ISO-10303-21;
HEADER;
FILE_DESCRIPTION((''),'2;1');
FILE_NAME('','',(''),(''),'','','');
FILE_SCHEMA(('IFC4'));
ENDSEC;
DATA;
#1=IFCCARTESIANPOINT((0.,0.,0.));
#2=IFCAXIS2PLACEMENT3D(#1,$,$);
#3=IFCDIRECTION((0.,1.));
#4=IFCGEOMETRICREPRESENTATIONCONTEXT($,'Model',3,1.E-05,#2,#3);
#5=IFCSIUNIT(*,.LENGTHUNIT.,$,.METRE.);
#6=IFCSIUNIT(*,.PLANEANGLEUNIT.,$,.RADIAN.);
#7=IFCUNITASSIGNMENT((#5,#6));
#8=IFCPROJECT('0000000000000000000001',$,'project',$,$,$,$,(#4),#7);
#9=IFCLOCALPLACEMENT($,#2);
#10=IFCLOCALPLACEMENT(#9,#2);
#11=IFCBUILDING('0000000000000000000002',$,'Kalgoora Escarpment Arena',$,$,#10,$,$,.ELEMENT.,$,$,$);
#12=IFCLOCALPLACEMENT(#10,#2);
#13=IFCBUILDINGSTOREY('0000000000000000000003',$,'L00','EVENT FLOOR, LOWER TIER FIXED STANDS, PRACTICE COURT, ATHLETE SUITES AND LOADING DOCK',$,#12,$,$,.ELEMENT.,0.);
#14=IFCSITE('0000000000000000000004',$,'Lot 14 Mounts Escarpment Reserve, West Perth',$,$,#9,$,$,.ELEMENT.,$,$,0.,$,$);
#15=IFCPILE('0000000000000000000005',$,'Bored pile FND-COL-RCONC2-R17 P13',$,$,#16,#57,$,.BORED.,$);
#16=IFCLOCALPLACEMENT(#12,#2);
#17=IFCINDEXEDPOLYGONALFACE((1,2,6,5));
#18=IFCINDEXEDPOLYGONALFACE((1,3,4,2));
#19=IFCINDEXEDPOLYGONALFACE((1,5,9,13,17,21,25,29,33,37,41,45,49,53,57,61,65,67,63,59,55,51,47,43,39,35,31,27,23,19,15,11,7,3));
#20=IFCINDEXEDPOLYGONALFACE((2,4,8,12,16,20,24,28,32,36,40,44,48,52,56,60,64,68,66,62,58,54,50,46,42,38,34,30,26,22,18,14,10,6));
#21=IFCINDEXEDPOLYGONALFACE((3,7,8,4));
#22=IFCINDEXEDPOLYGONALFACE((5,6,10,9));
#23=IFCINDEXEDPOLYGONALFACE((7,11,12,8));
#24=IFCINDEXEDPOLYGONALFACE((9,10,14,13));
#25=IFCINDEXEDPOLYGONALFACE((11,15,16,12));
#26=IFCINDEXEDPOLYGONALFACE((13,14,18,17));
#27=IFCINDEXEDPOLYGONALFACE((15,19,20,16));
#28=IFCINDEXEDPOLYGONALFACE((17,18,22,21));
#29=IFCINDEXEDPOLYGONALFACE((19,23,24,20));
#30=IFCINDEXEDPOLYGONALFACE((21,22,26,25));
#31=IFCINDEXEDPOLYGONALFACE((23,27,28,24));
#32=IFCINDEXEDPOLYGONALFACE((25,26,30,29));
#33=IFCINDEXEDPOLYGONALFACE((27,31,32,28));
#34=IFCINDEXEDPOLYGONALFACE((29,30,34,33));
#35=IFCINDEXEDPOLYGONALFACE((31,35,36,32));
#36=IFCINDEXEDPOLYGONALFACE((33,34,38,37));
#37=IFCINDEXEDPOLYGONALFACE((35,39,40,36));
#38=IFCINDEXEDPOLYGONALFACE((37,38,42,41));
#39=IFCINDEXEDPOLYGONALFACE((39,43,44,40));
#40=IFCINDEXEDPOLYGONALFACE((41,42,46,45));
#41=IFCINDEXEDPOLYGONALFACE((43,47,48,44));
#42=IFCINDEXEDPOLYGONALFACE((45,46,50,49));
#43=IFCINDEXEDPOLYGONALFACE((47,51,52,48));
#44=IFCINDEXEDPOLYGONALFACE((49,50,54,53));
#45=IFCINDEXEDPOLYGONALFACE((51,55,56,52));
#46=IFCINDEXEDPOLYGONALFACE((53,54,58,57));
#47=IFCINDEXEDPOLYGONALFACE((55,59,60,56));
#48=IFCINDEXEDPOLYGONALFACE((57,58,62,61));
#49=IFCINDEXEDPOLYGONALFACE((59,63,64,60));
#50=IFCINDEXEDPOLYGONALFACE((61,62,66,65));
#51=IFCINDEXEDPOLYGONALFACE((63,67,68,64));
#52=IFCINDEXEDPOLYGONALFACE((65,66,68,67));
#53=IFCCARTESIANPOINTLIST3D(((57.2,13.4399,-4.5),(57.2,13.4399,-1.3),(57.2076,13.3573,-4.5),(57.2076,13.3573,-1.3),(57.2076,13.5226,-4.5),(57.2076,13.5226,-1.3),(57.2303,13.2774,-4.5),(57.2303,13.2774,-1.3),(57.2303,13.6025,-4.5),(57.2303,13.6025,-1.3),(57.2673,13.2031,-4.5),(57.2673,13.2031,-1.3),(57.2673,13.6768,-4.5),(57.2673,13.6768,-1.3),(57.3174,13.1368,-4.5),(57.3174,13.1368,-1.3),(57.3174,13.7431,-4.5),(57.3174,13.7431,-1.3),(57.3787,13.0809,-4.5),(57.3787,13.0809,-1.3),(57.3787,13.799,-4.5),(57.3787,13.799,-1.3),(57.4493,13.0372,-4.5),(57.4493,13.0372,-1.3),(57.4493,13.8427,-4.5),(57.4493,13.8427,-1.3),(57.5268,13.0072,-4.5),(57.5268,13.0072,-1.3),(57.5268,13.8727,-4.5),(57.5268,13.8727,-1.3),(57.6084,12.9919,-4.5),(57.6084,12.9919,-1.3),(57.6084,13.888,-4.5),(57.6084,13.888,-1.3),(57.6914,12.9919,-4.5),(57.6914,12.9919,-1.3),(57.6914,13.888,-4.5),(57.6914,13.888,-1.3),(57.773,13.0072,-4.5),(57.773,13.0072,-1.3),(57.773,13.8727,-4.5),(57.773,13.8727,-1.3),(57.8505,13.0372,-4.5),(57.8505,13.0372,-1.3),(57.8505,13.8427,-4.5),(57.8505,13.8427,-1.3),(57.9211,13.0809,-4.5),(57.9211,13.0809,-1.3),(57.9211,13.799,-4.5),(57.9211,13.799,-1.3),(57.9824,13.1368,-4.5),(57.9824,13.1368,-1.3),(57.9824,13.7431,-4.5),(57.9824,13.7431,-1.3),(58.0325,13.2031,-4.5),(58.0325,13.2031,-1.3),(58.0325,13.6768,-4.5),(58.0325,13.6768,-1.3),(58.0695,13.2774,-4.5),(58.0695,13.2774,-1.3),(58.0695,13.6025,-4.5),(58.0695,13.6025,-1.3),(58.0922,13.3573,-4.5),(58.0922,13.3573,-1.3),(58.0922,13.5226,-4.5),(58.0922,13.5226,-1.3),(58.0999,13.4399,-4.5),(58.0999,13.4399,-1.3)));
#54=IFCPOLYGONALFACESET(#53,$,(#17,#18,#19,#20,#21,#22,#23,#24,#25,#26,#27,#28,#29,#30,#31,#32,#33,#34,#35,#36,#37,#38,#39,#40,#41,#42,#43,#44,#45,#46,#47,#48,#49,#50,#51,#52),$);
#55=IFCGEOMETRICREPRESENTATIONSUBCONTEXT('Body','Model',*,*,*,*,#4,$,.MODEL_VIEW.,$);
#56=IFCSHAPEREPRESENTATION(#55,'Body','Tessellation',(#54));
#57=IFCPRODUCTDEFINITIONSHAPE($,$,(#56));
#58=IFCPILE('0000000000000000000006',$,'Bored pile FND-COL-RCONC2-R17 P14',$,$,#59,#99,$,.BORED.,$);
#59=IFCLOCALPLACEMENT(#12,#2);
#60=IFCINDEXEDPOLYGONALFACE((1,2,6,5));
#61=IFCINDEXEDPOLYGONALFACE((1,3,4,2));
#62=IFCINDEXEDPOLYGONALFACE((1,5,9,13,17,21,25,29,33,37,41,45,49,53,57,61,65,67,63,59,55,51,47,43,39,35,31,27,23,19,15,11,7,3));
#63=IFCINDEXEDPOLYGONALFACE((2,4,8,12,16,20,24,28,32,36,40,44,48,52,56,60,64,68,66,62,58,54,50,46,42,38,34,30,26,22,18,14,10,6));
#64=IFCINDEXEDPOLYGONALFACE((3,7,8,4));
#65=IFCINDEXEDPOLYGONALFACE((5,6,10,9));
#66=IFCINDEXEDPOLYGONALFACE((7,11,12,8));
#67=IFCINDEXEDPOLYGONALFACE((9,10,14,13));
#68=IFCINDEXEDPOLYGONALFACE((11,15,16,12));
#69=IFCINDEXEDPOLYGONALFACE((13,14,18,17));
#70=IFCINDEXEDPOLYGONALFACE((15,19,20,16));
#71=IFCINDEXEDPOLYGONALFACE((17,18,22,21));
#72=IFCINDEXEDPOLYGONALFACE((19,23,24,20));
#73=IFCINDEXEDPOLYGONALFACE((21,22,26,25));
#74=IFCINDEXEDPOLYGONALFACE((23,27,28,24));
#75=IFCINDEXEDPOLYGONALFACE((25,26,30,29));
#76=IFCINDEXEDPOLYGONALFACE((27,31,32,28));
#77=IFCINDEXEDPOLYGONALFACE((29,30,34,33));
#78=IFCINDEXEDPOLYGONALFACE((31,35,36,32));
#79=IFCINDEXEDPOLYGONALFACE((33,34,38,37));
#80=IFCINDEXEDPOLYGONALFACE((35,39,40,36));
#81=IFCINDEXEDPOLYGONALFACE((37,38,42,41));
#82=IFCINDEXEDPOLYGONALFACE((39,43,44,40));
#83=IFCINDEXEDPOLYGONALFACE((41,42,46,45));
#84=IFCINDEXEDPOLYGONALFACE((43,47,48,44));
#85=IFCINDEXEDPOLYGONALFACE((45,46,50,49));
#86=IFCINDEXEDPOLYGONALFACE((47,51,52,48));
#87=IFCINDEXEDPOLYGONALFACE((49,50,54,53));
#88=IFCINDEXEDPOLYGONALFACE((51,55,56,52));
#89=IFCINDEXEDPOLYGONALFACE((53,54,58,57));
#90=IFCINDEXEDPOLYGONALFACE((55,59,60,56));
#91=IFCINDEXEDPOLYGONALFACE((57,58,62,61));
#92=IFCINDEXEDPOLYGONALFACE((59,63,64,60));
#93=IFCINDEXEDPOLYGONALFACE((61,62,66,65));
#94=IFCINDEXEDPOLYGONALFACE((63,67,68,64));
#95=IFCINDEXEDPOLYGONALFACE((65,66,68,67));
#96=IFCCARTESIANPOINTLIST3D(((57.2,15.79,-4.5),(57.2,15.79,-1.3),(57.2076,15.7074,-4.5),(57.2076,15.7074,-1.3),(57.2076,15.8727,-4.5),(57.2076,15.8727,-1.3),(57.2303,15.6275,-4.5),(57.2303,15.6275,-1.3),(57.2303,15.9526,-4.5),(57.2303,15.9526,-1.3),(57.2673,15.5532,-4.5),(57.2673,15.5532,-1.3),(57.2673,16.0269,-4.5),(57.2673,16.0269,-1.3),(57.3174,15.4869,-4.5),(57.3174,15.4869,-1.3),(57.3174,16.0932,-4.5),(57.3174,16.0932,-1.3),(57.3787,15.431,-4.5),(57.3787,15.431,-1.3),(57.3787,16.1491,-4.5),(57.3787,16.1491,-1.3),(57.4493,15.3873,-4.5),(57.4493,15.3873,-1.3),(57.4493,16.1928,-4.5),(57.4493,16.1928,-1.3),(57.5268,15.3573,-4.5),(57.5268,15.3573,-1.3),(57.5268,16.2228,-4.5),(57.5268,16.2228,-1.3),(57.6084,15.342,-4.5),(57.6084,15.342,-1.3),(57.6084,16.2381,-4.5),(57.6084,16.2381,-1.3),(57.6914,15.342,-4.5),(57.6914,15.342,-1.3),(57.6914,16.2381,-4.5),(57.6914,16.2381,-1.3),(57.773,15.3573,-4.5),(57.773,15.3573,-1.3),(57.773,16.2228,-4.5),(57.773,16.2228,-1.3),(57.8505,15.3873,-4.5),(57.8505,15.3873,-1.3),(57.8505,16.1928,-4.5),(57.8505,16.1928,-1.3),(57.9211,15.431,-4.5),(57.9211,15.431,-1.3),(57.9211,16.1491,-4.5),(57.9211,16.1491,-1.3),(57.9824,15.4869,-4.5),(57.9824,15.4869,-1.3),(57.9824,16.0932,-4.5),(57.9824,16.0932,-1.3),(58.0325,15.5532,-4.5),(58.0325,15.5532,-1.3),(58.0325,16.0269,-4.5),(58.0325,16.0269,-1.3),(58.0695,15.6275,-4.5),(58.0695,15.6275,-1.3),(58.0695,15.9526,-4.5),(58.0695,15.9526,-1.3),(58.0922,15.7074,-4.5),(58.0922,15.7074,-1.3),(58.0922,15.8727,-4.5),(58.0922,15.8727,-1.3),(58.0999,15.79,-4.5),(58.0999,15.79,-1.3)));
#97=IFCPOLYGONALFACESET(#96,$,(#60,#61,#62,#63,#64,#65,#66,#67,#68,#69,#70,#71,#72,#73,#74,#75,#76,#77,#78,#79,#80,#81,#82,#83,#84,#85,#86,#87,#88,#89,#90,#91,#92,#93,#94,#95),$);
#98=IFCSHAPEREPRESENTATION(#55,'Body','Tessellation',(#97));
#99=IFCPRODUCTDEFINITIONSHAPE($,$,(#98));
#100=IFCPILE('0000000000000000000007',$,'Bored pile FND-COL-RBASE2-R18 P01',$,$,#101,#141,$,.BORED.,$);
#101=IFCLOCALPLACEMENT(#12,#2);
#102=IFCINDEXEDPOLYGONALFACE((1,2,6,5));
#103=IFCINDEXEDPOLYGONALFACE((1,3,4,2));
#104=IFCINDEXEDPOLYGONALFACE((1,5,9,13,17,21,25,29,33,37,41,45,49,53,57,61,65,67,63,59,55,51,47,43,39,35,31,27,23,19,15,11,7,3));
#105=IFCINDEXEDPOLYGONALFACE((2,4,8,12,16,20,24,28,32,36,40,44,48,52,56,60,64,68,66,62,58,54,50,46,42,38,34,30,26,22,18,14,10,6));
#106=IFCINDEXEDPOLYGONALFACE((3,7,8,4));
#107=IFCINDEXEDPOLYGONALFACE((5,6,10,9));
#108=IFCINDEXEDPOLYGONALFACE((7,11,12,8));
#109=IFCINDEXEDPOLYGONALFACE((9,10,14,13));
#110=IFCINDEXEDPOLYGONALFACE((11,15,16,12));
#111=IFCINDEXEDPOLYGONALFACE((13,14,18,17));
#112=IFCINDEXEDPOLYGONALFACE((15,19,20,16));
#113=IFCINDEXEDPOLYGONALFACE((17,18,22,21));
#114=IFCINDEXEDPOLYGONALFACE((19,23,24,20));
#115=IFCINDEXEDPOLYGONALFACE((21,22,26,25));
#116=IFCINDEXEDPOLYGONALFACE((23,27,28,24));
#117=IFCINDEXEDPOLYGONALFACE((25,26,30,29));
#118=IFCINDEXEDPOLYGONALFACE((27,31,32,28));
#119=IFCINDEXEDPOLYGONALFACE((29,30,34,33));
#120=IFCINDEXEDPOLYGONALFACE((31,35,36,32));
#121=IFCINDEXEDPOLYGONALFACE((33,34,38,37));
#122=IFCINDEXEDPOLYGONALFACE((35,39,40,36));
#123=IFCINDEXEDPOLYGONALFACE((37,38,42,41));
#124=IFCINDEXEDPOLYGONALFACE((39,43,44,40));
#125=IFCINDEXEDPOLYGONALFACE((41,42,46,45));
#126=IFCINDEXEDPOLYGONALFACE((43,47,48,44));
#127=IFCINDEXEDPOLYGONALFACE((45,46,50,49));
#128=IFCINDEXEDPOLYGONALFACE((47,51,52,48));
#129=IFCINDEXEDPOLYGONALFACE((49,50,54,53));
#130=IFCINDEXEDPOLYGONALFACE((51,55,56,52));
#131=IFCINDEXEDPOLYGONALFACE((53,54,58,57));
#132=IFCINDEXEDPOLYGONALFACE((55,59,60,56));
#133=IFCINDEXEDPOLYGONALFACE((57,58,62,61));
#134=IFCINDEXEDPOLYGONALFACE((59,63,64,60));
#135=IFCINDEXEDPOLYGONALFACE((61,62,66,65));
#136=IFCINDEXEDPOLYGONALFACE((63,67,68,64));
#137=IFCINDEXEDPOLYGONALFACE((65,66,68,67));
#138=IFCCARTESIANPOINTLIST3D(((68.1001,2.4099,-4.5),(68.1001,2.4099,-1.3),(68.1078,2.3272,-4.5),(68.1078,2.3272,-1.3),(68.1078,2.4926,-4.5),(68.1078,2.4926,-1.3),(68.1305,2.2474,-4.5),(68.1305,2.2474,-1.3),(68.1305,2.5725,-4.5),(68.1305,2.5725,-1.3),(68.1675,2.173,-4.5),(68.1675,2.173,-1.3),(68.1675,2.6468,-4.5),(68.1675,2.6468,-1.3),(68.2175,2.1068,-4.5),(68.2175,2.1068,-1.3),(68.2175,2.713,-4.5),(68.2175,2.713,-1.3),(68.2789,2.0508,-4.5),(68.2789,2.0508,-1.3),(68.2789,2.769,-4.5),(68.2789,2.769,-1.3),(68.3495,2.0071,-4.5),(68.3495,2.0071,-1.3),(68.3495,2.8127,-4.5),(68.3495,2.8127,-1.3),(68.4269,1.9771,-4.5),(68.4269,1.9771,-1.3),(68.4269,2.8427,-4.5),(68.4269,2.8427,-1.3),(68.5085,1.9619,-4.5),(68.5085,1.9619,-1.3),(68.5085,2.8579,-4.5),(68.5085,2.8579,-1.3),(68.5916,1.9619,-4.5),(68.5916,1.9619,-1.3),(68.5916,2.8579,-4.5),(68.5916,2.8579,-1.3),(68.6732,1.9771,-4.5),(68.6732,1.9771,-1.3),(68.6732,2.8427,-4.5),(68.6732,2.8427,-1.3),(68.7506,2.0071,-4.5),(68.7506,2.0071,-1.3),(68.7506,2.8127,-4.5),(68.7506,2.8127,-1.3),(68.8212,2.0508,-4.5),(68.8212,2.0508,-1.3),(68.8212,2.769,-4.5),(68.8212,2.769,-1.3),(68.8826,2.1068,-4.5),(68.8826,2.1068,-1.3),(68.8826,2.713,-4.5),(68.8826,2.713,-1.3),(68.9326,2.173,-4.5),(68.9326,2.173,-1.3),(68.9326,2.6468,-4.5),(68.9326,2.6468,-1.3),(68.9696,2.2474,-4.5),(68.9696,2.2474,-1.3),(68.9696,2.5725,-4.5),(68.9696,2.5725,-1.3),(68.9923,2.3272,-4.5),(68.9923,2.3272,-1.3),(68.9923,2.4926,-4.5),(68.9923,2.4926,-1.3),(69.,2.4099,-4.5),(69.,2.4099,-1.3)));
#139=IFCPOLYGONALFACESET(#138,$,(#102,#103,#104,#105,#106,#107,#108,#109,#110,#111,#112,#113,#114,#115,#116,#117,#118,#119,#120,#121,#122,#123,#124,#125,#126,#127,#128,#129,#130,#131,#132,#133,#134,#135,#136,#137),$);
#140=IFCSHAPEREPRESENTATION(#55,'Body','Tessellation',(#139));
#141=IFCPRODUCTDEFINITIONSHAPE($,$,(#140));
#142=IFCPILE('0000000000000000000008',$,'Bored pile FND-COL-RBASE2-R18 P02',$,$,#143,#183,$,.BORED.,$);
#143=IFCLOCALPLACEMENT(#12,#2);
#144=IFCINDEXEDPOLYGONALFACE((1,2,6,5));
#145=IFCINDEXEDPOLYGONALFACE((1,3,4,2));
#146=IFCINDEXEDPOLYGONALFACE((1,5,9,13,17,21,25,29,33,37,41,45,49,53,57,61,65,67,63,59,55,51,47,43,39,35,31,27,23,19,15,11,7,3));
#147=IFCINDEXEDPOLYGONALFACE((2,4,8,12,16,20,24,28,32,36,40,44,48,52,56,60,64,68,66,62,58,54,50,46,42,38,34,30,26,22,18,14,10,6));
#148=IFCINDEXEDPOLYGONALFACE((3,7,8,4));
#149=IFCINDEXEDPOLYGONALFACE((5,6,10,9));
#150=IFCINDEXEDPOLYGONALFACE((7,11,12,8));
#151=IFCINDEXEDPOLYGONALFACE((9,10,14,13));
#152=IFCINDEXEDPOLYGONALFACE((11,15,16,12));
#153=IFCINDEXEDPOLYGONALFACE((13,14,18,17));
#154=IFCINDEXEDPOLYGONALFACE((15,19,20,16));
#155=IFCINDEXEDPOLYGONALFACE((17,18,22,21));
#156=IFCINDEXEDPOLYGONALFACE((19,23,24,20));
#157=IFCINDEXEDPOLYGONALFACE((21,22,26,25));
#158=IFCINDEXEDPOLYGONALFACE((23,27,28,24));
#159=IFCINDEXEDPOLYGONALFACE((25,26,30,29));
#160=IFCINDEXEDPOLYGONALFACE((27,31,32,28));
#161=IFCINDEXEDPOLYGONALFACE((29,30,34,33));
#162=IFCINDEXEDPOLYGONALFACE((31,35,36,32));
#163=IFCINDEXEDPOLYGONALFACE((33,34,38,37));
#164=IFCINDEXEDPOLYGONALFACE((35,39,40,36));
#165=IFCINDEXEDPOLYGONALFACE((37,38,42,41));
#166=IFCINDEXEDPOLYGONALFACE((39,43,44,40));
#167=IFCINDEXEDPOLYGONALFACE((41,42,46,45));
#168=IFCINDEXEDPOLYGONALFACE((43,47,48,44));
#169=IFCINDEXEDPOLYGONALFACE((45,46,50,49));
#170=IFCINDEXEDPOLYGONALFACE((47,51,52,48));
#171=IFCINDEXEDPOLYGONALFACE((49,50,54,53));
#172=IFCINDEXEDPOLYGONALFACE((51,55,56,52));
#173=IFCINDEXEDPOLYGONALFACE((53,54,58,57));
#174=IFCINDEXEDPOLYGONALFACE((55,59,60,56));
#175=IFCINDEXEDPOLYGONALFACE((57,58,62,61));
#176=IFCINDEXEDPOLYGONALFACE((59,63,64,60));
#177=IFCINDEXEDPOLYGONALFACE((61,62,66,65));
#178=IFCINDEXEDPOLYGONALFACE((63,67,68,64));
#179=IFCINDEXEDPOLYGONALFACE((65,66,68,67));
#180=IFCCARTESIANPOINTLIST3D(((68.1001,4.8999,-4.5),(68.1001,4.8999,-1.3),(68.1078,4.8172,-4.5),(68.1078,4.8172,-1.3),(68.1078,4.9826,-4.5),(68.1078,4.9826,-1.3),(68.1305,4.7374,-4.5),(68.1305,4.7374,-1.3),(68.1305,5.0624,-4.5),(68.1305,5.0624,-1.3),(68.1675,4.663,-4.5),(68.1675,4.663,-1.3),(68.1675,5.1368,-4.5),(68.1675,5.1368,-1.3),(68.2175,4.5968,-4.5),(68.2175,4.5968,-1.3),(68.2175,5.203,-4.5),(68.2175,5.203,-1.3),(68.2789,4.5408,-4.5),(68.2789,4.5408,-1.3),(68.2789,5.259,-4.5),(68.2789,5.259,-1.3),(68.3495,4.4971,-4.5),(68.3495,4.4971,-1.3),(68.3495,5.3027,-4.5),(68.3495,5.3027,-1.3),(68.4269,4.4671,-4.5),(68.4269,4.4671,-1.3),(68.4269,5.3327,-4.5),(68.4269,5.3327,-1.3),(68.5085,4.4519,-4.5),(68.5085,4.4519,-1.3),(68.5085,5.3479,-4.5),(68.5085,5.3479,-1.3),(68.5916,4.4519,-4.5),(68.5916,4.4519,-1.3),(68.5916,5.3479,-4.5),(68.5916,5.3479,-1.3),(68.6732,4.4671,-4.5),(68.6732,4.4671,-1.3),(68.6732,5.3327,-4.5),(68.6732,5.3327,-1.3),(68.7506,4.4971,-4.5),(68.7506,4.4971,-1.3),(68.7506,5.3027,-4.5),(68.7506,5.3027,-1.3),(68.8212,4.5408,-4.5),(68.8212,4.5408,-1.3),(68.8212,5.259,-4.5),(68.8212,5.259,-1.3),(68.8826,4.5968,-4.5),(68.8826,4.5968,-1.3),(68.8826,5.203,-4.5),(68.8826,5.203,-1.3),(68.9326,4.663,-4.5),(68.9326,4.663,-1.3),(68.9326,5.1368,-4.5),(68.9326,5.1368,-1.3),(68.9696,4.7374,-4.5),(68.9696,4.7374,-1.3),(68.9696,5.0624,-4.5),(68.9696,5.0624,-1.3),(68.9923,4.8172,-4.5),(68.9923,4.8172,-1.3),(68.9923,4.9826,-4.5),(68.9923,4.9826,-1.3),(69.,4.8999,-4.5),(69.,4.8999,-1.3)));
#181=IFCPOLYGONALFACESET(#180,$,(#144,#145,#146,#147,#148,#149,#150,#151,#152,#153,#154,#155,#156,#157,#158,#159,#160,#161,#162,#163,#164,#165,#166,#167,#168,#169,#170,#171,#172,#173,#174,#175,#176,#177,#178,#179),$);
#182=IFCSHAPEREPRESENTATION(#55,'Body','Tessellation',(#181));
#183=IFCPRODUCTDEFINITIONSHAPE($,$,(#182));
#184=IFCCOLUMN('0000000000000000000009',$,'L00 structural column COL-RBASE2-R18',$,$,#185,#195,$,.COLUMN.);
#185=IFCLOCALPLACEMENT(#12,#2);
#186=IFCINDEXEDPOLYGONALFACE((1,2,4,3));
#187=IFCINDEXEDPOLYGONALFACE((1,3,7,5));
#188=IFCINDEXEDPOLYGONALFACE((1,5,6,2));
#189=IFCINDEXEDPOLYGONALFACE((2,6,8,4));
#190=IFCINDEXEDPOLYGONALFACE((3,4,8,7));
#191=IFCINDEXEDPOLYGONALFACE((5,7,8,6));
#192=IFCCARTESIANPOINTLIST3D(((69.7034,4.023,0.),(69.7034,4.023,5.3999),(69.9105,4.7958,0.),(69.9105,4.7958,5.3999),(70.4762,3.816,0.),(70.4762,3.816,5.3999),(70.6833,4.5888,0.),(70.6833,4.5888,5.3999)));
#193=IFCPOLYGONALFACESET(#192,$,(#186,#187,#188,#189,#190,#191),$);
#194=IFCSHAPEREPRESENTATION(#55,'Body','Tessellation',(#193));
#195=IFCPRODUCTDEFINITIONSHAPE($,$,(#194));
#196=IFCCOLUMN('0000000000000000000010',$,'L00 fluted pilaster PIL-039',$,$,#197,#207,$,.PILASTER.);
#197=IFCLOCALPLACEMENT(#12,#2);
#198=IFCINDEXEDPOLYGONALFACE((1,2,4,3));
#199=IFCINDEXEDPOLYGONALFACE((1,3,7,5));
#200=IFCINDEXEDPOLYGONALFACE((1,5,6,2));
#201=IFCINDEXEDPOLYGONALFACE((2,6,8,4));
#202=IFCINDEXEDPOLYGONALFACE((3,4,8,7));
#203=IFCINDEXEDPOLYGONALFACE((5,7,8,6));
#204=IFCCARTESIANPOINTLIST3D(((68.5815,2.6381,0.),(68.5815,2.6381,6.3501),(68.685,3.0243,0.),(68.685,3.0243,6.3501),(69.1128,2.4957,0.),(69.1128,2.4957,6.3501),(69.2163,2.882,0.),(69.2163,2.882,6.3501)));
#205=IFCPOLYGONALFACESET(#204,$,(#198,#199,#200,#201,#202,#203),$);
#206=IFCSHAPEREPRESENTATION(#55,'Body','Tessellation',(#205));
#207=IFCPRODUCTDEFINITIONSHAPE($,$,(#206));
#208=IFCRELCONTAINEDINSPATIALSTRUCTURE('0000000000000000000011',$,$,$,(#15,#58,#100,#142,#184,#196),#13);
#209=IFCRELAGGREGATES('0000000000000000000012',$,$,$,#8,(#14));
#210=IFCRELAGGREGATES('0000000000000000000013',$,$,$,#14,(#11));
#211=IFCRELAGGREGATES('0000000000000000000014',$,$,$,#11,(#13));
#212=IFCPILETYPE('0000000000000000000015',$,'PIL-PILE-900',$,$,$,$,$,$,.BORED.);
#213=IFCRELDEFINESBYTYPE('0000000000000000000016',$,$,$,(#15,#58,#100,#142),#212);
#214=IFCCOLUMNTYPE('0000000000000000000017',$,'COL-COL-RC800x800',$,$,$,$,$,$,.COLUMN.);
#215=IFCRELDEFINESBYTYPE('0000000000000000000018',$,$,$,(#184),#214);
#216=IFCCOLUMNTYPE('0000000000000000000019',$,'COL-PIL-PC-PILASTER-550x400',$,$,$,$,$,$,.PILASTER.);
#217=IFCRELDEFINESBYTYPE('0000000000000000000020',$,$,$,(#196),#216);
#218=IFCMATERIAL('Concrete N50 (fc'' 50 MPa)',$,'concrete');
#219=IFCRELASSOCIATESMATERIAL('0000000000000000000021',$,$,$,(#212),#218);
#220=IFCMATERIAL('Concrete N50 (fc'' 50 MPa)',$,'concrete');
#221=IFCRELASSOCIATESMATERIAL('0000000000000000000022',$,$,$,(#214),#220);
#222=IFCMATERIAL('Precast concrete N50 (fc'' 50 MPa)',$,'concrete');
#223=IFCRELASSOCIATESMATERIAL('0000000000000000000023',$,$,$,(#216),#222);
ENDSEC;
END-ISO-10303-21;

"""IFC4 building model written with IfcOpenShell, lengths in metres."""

from ifc_helpers import new_model, si_unit, direction, frame, origin, origin_2d, place, context, subcontext, project, spatial, rectangle, circle, extrude, material, material_profile, profile_set, type_object, element, save


model = new_model("IFC4")

# Units and contexts
model_context = context("Model", 3, precision=1e-05, world=origin(), true_north=direction((0.0, 1.0)))
body_context = subcontext(model_context, "Body", "Model", "MODEL_VIEW")
ifc_project = project(units=[si_unit("LENGTHUNIT", "METRE"), si_unit("PLANEANGLEUNIT", "RADIAN")], contexts=[model_context])

# Site, building, storey
site_placement = place(None, origin())
site = spatial("IfcSite", under=ifc_project, at=site_placement, Name="Lot 14 Mounts Escarpment Reserve, West Perth", CompositionType="ELEMENT", RefElevation=0.0)
building_placement = place(site_placement, origin())
building = spatial("IfcBuilding", under=site, at=building_placement, Name="Kalgoora Escarpment Arena", CompositionType="ELEMENT")
storey_placement = place(building_placement, origin())
storey = spatial("IfcBuildingStorey", under=building, at=storey_placement, Name="L00", Description="EVENT FLOOR, LOWER TIER FIXED STANDS, PRACTICE COURT, ATHLETE SUITES AND LOADING DOCK", CompositionType="ELEMENT", Elevation=0.0)

# Piles
ifc_material_1 = material(Name="Concrete N50 (fc' 50 MPa)", Category="concrete")
ifc_material_profile_1 = material_profile(ifc_material_1, circle(Radius=0.45, at=origin_2d()))
ifc_profile_set_1 = profile_set([ifc_material_profile_1], Name="Concrete N50 (fc' 50 MPa)")
pile_type_1 = type_object("IfcPileType", Name="PIL-PILE-900", PredefinedType="BORED", material=ifc_profile_set_1)
for number, where, z_axis, x_axis, name in (
    (1, (57.6499, 13.4399, -1.3), (0.0, 0.0, -1.0), (1.0, 0.0, 0.0), "Bored pile FND-COL-RCONC2-R17 P13"),
    (2, (57.6499, 15.79, -1.3), (0.0, 0.0, -1.0), (1.0, 0.0, 0.0), "Bored pile FND-COL-RCONC2-R17 P14"),
    (3, (68.55, 2.4099, -1.3), (0.0, 0.0, -1.0), (1.0, 0.0, 0.0), "Bored pile FND-COL-RBASE2-R18 P01"),
    (4, (68.55, 4.8999, -1.3), (0.0, 0.0, -1.0), (1.0, 0.0, 0.0), "Bored pile FND-COL-RBASE2-R18 P02"),
):
    element("IfcPile", number, at=place(storey_placement, frame(where, z_axis=z_axis, x_axis=x_axis)), inside=storey, type_object=pile_type_1, Name=name, PredefinedType="BORED", context=body_context, shape_type="SweptSolid", body=[
        extrude(circle(Radius=0.45, at=origin_2d()), origin(), (0.0, 0.0, 1.0), 3.2),
    ])

# Columns
ifc_material_2 = material(Name="Concrete N50 (fc' 50 MPa)", Category="concrete")
ifc_material_profile_2 = material_profile(ifc_material_2, rectangle(XDim=0.8, YDim=0.8, at=origin_2d()))
ifc_profile_set_2 = profile_set([ifc_material_profile_2], Name="Concrete N50 (fc' 50 MPa)")
column_type_1 = type_object("IfcColumnType", Name="COL-COL-RC800x800", PredefinedType="COLUMN", material=ifc_profile_set_2)
column_1_placement = place(storey_placement, frame((70.1934, 4.3059, 0.0), z_axis=(0.0, 0.0, 1.0), x_axis=(-0.258819, -0.965926, 0.0)))
element("IfcColumn", 5, at=column_1_placement, inside=storey, type_object=column_type_1, Name="L00 structural column COL-RBASE2-R18", PredefinedType="COLUMN", context=body_context, shape_type="SweptSolid", body=[
    extrude(rectangle(XDim=0.8, YDim=0.8, at=origin_2d()), origin(), (0.0, 0.0, 1.0), 5.3999),
])
ifc_material_3 = material(Name="Precast concrete N50 (fc' 50 MPa)", Category="concrete")
ifc_material_profile_3 = material_profile(ifc_material_3, rectangle(XDim=0.3999, YDim=0.55, at=origin_2d()))
ifc_profile_set_3 = profile_set([ifc_material_profile_3], Name="Precast concrete N50 (fc' 50 MPa)")
column_type_2 = type_object("IfcColumnType", Name="COL-PIL-PC-PILASTER-550x400", PredefinedType="PILASTER", material=ifc_profile_set_3)
column_2_placement = place(storey_placement, frame((68.8989, 2.76, 0.0), z_axis=(0.0, 0.0, 1.0), x_axis=(-0.258819, -0.965926, 0.0)))
element("IfcColumn", 6, at=column_2_placement, inside=storey, type_object=column_type_2, Name="L00 fluted pilaster PIL-039", PredefinedType="PILASTER", context=body_context, shape_type="SweptSolid", body=[
    extrude(rectangle(XDim=0.3999, YDim=0.55, at=origin_2d()), origin(), (0.0, 0.0, 1.0), 6.3501),
])

save(model, "model.ifc")
